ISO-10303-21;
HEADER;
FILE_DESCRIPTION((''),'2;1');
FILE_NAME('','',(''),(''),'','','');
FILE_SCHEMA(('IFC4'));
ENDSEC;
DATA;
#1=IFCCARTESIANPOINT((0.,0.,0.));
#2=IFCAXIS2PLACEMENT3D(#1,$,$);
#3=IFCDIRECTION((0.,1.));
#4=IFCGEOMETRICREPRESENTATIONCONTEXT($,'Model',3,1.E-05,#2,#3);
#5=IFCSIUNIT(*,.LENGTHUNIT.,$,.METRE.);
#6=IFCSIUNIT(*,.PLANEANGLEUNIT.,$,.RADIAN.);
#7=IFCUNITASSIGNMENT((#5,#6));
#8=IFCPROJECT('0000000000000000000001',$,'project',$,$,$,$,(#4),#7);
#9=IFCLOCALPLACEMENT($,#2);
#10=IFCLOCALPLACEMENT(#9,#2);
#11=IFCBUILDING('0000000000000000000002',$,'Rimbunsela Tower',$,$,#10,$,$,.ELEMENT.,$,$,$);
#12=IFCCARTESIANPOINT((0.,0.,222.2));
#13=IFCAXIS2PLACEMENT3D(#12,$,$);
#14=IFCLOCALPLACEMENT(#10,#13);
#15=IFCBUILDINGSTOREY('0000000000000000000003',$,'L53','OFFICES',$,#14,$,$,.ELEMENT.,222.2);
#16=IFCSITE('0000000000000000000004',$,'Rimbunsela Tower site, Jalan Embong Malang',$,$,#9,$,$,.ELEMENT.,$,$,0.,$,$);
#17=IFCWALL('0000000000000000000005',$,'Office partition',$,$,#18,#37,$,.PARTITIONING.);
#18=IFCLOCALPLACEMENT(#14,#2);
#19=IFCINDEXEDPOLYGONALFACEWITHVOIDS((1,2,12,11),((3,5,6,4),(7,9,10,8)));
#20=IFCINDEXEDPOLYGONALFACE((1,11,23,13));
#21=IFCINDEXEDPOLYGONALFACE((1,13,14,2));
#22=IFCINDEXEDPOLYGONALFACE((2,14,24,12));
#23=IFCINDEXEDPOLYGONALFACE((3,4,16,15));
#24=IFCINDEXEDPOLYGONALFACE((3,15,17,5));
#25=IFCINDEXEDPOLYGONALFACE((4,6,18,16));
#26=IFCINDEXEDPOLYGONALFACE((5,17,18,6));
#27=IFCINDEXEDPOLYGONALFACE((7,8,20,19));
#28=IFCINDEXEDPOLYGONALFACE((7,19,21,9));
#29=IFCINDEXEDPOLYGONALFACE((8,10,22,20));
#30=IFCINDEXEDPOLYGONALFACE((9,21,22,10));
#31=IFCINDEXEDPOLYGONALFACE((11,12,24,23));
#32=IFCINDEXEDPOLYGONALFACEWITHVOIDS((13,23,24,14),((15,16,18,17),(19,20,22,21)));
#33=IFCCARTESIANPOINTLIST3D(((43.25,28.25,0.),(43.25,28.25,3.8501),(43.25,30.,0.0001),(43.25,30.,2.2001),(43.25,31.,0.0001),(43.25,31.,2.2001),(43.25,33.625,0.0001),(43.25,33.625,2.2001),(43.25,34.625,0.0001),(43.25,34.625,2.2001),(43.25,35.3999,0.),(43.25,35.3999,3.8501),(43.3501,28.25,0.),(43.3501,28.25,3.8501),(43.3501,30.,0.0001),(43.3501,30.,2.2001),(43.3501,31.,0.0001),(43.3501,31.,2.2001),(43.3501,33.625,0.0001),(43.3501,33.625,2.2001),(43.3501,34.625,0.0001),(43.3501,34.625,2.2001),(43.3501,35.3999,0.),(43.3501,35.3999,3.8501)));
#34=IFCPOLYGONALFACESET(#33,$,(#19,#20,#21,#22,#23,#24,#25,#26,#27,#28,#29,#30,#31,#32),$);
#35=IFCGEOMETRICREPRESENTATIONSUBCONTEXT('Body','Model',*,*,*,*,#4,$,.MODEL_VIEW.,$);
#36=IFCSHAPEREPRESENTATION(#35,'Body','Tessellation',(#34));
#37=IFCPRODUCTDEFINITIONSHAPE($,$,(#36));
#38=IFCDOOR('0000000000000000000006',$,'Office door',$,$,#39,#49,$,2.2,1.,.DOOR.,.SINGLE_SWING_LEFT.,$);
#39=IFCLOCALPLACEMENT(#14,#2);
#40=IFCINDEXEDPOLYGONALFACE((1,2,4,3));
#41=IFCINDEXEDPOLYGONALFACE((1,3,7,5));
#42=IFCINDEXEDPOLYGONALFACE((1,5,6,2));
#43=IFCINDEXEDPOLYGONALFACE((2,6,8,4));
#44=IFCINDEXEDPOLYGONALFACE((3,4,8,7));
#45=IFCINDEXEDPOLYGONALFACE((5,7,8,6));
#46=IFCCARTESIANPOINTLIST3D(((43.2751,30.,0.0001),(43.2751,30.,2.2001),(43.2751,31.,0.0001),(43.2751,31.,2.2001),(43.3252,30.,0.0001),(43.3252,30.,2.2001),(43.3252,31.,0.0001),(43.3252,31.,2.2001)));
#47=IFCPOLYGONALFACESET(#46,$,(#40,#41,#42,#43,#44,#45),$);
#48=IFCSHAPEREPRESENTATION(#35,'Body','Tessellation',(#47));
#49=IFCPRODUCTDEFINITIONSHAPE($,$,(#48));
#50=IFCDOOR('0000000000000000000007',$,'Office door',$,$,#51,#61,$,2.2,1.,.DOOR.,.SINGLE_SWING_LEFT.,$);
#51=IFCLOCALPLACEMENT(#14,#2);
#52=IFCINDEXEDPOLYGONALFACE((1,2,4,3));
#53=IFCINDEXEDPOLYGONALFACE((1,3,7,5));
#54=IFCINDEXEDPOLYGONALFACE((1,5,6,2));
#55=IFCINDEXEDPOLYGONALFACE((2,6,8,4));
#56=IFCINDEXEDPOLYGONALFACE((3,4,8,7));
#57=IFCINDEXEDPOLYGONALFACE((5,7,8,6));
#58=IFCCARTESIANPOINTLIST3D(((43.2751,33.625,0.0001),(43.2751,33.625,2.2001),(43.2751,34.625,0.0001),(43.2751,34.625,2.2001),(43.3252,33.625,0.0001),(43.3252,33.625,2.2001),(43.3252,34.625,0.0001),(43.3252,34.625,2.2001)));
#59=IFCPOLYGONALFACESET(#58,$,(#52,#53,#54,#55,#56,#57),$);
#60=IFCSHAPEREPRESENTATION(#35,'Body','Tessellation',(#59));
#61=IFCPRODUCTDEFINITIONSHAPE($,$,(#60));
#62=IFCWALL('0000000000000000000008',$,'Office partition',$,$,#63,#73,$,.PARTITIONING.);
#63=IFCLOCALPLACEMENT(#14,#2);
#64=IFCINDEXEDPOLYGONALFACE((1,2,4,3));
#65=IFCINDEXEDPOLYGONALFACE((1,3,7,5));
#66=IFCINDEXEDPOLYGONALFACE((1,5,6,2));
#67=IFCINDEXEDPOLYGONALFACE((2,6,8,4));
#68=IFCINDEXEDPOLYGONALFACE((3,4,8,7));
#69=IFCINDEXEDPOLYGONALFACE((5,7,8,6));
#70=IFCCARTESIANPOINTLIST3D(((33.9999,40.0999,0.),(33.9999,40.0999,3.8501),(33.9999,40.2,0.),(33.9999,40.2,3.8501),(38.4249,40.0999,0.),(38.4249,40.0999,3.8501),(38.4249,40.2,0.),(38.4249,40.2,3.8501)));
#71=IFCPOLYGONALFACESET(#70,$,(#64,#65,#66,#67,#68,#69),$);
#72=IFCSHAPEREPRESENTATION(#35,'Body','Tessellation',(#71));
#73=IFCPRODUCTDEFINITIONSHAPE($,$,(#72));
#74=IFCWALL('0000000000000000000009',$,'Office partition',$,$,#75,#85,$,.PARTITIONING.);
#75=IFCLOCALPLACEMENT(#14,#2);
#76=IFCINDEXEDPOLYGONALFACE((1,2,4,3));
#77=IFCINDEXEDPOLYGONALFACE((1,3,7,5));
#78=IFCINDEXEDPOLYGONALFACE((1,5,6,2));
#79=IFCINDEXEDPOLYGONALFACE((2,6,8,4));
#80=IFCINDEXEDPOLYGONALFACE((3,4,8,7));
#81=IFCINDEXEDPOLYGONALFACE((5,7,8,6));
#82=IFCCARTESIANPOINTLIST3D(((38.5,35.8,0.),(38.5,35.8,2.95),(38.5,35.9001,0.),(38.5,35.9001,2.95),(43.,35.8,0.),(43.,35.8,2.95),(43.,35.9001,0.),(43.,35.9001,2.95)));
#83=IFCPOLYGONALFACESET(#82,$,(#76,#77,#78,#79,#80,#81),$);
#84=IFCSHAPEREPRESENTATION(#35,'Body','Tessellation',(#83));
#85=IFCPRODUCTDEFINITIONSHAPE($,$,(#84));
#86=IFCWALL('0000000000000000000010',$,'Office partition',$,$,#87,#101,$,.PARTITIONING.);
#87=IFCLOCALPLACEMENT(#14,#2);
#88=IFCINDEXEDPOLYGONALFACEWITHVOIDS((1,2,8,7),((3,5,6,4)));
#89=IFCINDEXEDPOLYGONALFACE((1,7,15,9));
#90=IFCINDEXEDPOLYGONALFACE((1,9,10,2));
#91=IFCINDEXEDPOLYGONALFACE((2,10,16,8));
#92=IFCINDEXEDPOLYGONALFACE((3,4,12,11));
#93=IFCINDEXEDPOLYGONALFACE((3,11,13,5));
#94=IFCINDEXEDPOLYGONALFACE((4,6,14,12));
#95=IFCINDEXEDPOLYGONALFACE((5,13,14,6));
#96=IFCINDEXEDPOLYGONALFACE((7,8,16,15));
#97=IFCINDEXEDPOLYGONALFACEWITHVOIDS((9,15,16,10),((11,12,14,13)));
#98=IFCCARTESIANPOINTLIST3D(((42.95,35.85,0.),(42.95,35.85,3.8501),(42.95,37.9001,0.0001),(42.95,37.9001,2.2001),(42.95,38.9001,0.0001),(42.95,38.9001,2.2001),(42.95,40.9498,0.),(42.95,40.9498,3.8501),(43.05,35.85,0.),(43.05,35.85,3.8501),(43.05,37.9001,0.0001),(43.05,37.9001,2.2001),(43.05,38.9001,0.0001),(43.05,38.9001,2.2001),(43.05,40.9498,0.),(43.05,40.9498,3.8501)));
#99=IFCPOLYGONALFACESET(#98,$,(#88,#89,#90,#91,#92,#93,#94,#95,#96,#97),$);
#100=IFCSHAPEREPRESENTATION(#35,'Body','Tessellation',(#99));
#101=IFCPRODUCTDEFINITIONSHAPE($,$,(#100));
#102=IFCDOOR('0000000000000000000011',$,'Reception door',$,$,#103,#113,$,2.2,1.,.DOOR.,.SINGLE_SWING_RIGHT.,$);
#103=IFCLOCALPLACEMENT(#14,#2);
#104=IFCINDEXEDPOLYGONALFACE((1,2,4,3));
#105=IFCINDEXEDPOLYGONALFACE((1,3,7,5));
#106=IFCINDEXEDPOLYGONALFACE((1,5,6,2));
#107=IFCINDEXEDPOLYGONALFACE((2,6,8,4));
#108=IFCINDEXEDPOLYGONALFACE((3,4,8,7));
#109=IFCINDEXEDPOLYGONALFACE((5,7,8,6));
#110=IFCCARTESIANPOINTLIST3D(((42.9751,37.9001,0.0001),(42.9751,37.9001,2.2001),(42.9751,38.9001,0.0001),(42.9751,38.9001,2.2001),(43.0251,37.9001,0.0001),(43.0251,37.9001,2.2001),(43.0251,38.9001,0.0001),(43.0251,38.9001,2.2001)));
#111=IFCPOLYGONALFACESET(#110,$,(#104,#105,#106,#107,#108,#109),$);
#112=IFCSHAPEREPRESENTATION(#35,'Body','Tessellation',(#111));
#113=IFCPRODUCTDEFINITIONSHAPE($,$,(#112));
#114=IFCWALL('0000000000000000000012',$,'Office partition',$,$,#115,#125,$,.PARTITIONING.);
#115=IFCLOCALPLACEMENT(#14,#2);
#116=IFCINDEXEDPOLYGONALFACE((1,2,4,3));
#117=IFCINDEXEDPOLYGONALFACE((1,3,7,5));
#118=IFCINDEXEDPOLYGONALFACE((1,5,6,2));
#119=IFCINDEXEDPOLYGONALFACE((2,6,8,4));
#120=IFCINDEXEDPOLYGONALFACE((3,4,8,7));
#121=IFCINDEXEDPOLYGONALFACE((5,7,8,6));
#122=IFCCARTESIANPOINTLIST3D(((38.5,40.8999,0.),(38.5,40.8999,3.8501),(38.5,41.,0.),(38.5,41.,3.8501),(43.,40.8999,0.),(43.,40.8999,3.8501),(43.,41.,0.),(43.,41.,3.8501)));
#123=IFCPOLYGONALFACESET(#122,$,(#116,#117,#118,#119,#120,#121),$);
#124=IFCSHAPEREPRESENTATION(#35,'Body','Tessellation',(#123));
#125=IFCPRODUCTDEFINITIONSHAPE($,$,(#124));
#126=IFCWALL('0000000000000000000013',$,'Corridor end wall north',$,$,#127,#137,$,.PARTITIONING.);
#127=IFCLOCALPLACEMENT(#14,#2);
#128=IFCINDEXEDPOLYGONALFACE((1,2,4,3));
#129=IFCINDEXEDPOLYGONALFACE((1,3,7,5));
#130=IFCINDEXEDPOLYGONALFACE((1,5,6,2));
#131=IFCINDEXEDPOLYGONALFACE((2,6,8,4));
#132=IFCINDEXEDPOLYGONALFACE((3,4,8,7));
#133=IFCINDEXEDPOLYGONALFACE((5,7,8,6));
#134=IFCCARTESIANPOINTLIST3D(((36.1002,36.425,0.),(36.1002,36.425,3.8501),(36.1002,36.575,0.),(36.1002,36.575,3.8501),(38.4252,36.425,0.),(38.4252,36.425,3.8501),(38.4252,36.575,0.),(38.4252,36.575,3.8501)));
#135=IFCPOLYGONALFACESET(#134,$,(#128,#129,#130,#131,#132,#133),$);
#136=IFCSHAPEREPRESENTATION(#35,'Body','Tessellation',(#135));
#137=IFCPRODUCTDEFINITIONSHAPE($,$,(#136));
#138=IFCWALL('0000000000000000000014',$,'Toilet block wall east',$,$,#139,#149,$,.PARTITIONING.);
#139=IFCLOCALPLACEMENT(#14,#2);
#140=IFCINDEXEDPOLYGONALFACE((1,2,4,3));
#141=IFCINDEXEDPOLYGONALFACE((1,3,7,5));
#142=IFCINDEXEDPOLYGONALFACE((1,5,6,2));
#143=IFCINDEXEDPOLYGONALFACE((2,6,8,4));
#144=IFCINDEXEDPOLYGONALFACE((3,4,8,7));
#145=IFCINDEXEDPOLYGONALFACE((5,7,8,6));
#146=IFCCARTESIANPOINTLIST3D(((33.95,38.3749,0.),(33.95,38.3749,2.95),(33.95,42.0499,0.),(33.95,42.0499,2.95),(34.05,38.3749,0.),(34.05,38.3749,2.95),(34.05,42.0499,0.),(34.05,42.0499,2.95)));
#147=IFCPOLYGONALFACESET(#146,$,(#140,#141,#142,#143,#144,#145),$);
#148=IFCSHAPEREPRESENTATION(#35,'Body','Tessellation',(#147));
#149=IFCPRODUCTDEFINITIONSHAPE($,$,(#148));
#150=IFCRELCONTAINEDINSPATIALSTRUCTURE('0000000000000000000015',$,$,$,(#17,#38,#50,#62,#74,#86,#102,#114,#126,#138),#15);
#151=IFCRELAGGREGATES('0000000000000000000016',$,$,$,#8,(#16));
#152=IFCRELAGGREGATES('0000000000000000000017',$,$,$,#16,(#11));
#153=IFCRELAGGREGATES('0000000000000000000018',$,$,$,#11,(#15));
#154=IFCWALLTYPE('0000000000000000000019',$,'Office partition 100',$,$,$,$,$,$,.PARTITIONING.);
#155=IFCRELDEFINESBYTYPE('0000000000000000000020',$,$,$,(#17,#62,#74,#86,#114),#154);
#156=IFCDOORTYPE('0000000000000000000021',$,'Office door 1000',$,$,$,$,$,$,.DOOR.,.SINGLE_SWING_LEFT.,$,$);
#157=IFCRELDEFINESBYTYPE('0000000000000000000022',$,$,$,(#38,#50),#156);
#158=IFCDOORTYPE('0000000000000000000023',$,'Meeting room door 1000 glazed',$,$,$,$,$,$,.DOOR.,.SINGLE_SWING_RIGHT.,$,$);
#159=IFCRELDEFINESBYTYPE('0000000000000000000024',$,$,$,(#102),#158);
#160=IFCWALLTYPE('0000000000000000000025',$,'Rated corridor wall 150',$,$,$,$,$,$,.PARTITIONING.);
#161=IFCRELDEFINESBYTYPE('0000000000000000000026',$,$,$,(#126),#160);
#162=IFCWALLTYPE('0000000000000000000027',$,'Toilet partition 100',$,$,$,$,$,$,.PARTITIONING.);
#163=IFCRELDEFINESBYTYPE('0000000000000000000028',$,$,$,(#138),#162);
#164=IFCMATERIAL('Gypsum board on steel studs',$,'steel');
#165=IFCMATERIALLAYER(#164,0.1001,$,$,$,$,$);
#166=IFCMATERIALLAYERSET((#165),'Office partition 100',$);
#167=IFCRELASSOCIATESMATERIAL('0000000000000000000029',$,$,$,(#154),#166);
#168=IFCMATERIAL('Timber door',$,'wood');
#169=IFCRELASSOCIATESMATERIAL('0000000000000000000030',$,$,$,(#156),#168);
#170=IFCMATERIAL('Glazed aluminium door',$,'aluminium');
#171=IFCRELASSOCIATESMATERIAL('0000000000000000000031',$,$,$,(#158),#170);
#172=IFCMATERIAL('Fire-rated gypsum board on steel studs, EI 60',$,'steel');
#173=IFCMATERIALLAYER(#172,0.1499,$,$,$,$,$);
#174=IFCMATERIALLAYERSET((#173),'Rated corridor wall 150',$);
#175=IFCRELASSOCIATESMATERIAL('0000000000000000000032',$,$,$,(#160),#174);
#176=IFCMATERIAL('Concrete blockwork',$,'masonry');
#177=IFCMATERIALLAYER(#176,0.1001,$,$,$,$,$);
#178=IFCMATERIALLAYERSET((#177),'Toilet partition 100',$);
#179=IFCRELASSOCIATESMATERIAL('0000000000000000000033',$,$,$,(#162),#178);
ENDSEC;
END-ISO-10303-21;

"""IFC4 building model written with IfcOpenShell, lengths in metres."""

from ifc_helpers import new_model, si_unit, direction, frame, frame_2d, origin, place, context, subcontext, project, spatial, rectangle, extrude, material, layer, layer_set, type_object, element, fill, save


model = new_model("IFC4")

# Units and contexts
model_context = context("Model", 3, precision=1e-05, world=origin(), true_north=direction((0.0, 1.0)))
body_context = subcontext(model_context, "Body", "Model", "MODEL_VIEW")
ifc_project = project(units=[si_unit("LENGTHUNIT", "METRE"), si_unit("PLANEANGLEUNIT", "RADIAN")], contexts=[model_context])

# Site, building, storey
site_placement = place(None, origin())
site = spatial("IfcSite", under=ifc_project, at=site_placement, Name="Rimbunsela Tower site, Jalan Embong Malang", CompositionType="ELEMENT", RefElevation=0.0)
building_placement = place(site_placement, origin())
building = spatial("IfcBuilding", under=site, at=building_placement, Name="Rimbunsela Tower", CompositionType="ELEMENT")
storey_placement = place(building_placement, frame((0.0, 0.0, 222.2)))
storey = spatial("IfcBuildingStorey", under=building, at=storey_placement, Name="L53", Description="OFFICES", CompositionType="ELEMENT", Elevation=222.2)

# Shared definitions
ifc_material_1 = material(Name="Gypsum board on steel studs", Category="steel")
ifc_layer_1 = layer(ifc_material_1, 0.1001)
ifc_layer_set_1 = layer_set([ifc_layer_1], Name="Office partition 100")
wall_type_1 = type_object("IfcWallType", Name="Office partition 100", PredefinedType="PARTITIONING", material=ifc_layer_set_1)

# Wall, openings, doors
wall_1_placement = place(storey_placement, frame((43.3, 28.25, 0.0), z_axis=(0.0, 0.0, 1.0), x_axis=(0.0, 1.0, 0.0)))
wall_1 = element("IfcWall", 1, at=wall_1_placement, inside=storey, type_object=wall_type_1, Name="Office partition", PredefinedType="PARTITIONING", context=body_context, shape_type="SweptSolid", body=[
    extrude(rectangle(XDim=7.1499, YDim=0.1001, at=frame_2d((3.575, 0.0))), origin(), (0.0, 0.0, 1.0), 3.8501),
])
opening_1_placement = place(wall_1_placement, frame((1.75, 0.0, 0.0)))
opening_1 = element("IfcOpeningElement", 2, at=opening_1_placement, cuts=wall_1, PredefinedType="OPENING", context=body_context, shape_type="SweptSolid", body=[
    extrude(rectangle(XDim=1.0, YDim=2.2, at=frame_2d((0.5, 1.1001))), frame((0.0, 0.0601, 0.0), z_axis=(0.0, -1.0, 0.0), x_axis=(1.0, 0.0, 0.0)), (0.0, 0.0, 1.0), 0.1201),
])
opening_2_placement = place(wall_1_placement, frame((5.375, 0.0, 0.0)))
opening_2 = element("IfcOpeningElement", 3, at=opening_2_placement, cuts=wall_1, PredefinedType="OPENING", context=body_context, shape_type="SweptSolid", body=[
    extrude(rectangle(XDim=1.0, YDim=2.2, at=frame_2d((0.5, 1.1001))), frame((0.0, 0.0601, 0.0), z_axis=(0.0, -1.0, 0.0), x_axis=(1.0, 0.0, 0.0)), (0.0, 0.0, 1.0), 0.1201),
])
ifc_material_2 = material(Name="Timber door", Category="wood")
door_type_1 = type_object("IfcDoorType", Name="Office door 1000", OperationType="SINGLE_SWING_LEFT", PredefinedType="DOOR", material=ifc_material_2)
door_1_placement = place(opening_1_placement, origin())
door_1 = element("IfcDoor", 4, at=door_1_placement, inside=storey, type_object=door_type_1, Name="Office door", OperationType="SINGLE_SWING_LEFT", OverallHeight=2.2, OverallWidth=1.0, PredefinedType="DOOR", context=body_context, shape_type="SweptSolid", body=[
    extrude(rectangle(XDim=1.0, YDim=2.2, at=frame_2d((0.5, 1.1001))), frame((0.0, 0.0249, 0.0), z_axis=(0.0, -1.0, 0.0), x_axis=(1.0, 0.0, 0.0)), (0.0, 0.0, 1.0), 0.05),
])
fill(opening_1, door_1)
door_2_placement = place(opening_2_placement, origin())
door_2 = element("IfcDoor", 5, at=door_2_placement, inside=storey, type_object=door_type_1, Name="Office door", OperationType="SINGLE_SWING_LEFT", OverallHeight=2.2, OverallWidth=1.0, PredefinedType="DOOR", context=body_context, shape_type="SweptSolid", body=[
    extrude(rectangle(XDim=1.0, YDim=2.2, at=frame_2d((0.5, 1.1001))), frame((0.0, 0.0249, 0.0), z_axis=(0.0, -1.0, 0.0), x_axis=(1.0, 0.0, 0.0)), (0.0, 0.0, 1.0), 0.05),
])
fill(opening_2, door_2)

# Walls
wall_2_placement = place(storey_placement, frame((34.0, 40.1499, 0.0), z_axis=(0.0, 0.0, 1.0), x_axis=(1.0, 0.0, 0.0)))
element("IfcWall", 6, at=wall_2_placement, inside=storey, type_object=wall_type_1, Name="Office partition", PredefinedType="PARTITIONING", context=body_context, shape_type="SweptSolid", body=[
    extrude(rectangle(XDim=4.425, YDim=0.1001, at=frame_2d((2.2124, 0.0))), origin(), (0.0, 0.0, 1.0), 3.8501),
])
wall_3_placement = place(storey_placement, frame((38.5, 35.8501, 0.0), z_axis=(0.0, 0.0, 1.0), x_axis=(1.0, 0.0, 0.0)))
element("IfcWall", 7, at=wall_3_placement, inside=storey, type_object=wall_type_1, Name="Office partition", PredefinedType="PARTITIONING", context=body_context, shape_type="SweptSolid", body=[
    extrude(rectangle(XDim=4.5, YDim=0.1001, at=frame_2d((2.25, 0.0))), origin(), (0.0, 0.0, 1.0), 2.95),
])

# Wall, opening, door
wall_4_placement = place(storey_placement, frame((43.0, 35.8501, 0.0), z_axis=(0.0, 0.0, 1.0), x_axis=(0.0, 1.0, 0.0)))
wall_4 = element("IfcWall", 8, at=wall_4_placement, inside=storey, type_object=wall_type_1, Name="Office partition", PredefinedType="PARTITIONING", context=body_context, shape_type="SweptSolid", body=[
    extrude(rectangle(XDim=5.0999, YDim=0.1001, at=frame_2d((2.5498, 0.0))), origin(), (0.0, 0.0, 1.0), 3.8501),
])
opening_3_placement = place(wall_4_placement, frame((2.05, 0.0, 0.0)))
opening_3 = element("IfcOpeningElement", 9, at=opening_3_placement, cuts=wall_4, PredefinedType="OPENING", context=body_context, shape_type="SweptSolid", body=[
    extrude(rectangle(XDim=1.0, YDim=2.2, at=frame_2d((0.5, 1.1001))), frame((0.0, 0.0601, 0.0), z_axis=(0.0, -1.0, 0.0), x_axis=(1.0, 0.0, 0.0)), (0.0, 0.0, 1.0), 0.1201),
])
ifc_material_3 = material(Name="Glazed aluminium door", Category="aluminium")
door_type_2 = type_object("IfcDoorType", Name="Meeting room door 1000 glazed", OperationType="SINGLE_SWING_RIGHT", PredefinedType="DOOR", material=ifc_material_3)
door_3_placement = place(opening_3_placement, origin())
door_3 = element("IfcDoor", 10, at=door_3_placement, inside=storey, type_object=door_type_2, Name="Reception door", OperationType="SINGLE_SWING_RIGHT", OverallHeight=2.2, OverallWidth=1.0, PredefinedType="DOOR", context=body_context, shape_type="SweptSolid", body=[
    extrude(rectangle(XDim=1.0, YDim=2.2, at=frame_2d((0.5, 1.1001))), frame((0.0, 0.0249, 0.0), z_axis=(0.0, -1.0, 0.0), x_axis=(1.0, 0.0, 0.0)), (0.0, 0.0, 1.0), 0.05),
])
fill(opening_3, door_3)

# Walls
wall_5_placement = place(storey_placement, frame((43.0, 40.95, 0.0), z_axis=(0.0, 0.0, 1.0), x_axis=(-1.0, 0.0, 0.0)))
element("IfcWall", 11, at=wall_5_placement, inside=storey, type_object=wall_type_1, Name="Office partition", PredefinedType="PARTITIONING", context=body_context, shape_type="SweptSolid", body=[
    extrude(rectangle(XDim=4.5, YDim=0.1001, at=frame_2d((2.25, 0.0))), origin(), (0.0, 0.0, 1.0), 3.8501),
])
ifc_material_4 = material(Name="Fire-rated gypsum board on steel studs, EI 60", Category="steel")
ifc_layer_2 = layer(ifc_material_4, 0.1499)
ifc_layer_set_2 = layer_set([ifc_layer_2], Name="Rated corridor wall 150")
wall_type_2 = type_object("IfcWallType", Name="Rated corridor wall 150", PredefinedType="PARTITIONING", material=ifc_layer_set_2)
wall_6_placement = place(storey_placement, frame((36.1001, 36.5, 0.0), z_axis=(0.0, 0.0, 1.0), x_axis=(1.0, 0.0, 0.0)))
element("IfcWall", 12, at=wall_6_placement, inside=storey, type_object=wall_type_2, Name="Corridor end wall north", PredefinedType="PARTITIONING", context=body_context, shape_type="SweptSolid", body=[
    extrude(rectangle(XDim=2.325, YDim=0.1499, at=frame_2d((1.1626, 0.0))), origin(), (0.0, 0.0, 1.0), 3.8501),
])
ifc_material_5 = material(Name="Concrete blockwork", Category="masonry")
ifc_layer_3 = layer(ifc_material_5, 0.1001)
ifc_layer_set_3 = layer_set([ifc_layer_3], Name="Toilet partition 100")
wall_type_3 = type_object("IfcWallType", Name="Toilet partition 100", PredefinedType="PARTITIONING", material=ifc_layer_set_3)
wall_7_placement = place(storey_placement, frame((34.0, 38.375, 0.0), z_axis=(0.0, 0.0, 1.0), x_axis=(0.0, 1.0, 0.0)))
element("IfcWall", 13, at=wall_7_placement, inside=storey, type_object=wall_type_3, Name="Toilet block wall east", PredefinedType="PARTITIONING", context=body_context, shape_type="SweptSolid", body=[
    extrude(rectangle(XDim=3.675, YDim=0.1001, at=frame_2d((1.8374, 0.0))), origin(), (0.0, 0.0, 1.0), 2.95),
])

save(model, "model.ifc")
